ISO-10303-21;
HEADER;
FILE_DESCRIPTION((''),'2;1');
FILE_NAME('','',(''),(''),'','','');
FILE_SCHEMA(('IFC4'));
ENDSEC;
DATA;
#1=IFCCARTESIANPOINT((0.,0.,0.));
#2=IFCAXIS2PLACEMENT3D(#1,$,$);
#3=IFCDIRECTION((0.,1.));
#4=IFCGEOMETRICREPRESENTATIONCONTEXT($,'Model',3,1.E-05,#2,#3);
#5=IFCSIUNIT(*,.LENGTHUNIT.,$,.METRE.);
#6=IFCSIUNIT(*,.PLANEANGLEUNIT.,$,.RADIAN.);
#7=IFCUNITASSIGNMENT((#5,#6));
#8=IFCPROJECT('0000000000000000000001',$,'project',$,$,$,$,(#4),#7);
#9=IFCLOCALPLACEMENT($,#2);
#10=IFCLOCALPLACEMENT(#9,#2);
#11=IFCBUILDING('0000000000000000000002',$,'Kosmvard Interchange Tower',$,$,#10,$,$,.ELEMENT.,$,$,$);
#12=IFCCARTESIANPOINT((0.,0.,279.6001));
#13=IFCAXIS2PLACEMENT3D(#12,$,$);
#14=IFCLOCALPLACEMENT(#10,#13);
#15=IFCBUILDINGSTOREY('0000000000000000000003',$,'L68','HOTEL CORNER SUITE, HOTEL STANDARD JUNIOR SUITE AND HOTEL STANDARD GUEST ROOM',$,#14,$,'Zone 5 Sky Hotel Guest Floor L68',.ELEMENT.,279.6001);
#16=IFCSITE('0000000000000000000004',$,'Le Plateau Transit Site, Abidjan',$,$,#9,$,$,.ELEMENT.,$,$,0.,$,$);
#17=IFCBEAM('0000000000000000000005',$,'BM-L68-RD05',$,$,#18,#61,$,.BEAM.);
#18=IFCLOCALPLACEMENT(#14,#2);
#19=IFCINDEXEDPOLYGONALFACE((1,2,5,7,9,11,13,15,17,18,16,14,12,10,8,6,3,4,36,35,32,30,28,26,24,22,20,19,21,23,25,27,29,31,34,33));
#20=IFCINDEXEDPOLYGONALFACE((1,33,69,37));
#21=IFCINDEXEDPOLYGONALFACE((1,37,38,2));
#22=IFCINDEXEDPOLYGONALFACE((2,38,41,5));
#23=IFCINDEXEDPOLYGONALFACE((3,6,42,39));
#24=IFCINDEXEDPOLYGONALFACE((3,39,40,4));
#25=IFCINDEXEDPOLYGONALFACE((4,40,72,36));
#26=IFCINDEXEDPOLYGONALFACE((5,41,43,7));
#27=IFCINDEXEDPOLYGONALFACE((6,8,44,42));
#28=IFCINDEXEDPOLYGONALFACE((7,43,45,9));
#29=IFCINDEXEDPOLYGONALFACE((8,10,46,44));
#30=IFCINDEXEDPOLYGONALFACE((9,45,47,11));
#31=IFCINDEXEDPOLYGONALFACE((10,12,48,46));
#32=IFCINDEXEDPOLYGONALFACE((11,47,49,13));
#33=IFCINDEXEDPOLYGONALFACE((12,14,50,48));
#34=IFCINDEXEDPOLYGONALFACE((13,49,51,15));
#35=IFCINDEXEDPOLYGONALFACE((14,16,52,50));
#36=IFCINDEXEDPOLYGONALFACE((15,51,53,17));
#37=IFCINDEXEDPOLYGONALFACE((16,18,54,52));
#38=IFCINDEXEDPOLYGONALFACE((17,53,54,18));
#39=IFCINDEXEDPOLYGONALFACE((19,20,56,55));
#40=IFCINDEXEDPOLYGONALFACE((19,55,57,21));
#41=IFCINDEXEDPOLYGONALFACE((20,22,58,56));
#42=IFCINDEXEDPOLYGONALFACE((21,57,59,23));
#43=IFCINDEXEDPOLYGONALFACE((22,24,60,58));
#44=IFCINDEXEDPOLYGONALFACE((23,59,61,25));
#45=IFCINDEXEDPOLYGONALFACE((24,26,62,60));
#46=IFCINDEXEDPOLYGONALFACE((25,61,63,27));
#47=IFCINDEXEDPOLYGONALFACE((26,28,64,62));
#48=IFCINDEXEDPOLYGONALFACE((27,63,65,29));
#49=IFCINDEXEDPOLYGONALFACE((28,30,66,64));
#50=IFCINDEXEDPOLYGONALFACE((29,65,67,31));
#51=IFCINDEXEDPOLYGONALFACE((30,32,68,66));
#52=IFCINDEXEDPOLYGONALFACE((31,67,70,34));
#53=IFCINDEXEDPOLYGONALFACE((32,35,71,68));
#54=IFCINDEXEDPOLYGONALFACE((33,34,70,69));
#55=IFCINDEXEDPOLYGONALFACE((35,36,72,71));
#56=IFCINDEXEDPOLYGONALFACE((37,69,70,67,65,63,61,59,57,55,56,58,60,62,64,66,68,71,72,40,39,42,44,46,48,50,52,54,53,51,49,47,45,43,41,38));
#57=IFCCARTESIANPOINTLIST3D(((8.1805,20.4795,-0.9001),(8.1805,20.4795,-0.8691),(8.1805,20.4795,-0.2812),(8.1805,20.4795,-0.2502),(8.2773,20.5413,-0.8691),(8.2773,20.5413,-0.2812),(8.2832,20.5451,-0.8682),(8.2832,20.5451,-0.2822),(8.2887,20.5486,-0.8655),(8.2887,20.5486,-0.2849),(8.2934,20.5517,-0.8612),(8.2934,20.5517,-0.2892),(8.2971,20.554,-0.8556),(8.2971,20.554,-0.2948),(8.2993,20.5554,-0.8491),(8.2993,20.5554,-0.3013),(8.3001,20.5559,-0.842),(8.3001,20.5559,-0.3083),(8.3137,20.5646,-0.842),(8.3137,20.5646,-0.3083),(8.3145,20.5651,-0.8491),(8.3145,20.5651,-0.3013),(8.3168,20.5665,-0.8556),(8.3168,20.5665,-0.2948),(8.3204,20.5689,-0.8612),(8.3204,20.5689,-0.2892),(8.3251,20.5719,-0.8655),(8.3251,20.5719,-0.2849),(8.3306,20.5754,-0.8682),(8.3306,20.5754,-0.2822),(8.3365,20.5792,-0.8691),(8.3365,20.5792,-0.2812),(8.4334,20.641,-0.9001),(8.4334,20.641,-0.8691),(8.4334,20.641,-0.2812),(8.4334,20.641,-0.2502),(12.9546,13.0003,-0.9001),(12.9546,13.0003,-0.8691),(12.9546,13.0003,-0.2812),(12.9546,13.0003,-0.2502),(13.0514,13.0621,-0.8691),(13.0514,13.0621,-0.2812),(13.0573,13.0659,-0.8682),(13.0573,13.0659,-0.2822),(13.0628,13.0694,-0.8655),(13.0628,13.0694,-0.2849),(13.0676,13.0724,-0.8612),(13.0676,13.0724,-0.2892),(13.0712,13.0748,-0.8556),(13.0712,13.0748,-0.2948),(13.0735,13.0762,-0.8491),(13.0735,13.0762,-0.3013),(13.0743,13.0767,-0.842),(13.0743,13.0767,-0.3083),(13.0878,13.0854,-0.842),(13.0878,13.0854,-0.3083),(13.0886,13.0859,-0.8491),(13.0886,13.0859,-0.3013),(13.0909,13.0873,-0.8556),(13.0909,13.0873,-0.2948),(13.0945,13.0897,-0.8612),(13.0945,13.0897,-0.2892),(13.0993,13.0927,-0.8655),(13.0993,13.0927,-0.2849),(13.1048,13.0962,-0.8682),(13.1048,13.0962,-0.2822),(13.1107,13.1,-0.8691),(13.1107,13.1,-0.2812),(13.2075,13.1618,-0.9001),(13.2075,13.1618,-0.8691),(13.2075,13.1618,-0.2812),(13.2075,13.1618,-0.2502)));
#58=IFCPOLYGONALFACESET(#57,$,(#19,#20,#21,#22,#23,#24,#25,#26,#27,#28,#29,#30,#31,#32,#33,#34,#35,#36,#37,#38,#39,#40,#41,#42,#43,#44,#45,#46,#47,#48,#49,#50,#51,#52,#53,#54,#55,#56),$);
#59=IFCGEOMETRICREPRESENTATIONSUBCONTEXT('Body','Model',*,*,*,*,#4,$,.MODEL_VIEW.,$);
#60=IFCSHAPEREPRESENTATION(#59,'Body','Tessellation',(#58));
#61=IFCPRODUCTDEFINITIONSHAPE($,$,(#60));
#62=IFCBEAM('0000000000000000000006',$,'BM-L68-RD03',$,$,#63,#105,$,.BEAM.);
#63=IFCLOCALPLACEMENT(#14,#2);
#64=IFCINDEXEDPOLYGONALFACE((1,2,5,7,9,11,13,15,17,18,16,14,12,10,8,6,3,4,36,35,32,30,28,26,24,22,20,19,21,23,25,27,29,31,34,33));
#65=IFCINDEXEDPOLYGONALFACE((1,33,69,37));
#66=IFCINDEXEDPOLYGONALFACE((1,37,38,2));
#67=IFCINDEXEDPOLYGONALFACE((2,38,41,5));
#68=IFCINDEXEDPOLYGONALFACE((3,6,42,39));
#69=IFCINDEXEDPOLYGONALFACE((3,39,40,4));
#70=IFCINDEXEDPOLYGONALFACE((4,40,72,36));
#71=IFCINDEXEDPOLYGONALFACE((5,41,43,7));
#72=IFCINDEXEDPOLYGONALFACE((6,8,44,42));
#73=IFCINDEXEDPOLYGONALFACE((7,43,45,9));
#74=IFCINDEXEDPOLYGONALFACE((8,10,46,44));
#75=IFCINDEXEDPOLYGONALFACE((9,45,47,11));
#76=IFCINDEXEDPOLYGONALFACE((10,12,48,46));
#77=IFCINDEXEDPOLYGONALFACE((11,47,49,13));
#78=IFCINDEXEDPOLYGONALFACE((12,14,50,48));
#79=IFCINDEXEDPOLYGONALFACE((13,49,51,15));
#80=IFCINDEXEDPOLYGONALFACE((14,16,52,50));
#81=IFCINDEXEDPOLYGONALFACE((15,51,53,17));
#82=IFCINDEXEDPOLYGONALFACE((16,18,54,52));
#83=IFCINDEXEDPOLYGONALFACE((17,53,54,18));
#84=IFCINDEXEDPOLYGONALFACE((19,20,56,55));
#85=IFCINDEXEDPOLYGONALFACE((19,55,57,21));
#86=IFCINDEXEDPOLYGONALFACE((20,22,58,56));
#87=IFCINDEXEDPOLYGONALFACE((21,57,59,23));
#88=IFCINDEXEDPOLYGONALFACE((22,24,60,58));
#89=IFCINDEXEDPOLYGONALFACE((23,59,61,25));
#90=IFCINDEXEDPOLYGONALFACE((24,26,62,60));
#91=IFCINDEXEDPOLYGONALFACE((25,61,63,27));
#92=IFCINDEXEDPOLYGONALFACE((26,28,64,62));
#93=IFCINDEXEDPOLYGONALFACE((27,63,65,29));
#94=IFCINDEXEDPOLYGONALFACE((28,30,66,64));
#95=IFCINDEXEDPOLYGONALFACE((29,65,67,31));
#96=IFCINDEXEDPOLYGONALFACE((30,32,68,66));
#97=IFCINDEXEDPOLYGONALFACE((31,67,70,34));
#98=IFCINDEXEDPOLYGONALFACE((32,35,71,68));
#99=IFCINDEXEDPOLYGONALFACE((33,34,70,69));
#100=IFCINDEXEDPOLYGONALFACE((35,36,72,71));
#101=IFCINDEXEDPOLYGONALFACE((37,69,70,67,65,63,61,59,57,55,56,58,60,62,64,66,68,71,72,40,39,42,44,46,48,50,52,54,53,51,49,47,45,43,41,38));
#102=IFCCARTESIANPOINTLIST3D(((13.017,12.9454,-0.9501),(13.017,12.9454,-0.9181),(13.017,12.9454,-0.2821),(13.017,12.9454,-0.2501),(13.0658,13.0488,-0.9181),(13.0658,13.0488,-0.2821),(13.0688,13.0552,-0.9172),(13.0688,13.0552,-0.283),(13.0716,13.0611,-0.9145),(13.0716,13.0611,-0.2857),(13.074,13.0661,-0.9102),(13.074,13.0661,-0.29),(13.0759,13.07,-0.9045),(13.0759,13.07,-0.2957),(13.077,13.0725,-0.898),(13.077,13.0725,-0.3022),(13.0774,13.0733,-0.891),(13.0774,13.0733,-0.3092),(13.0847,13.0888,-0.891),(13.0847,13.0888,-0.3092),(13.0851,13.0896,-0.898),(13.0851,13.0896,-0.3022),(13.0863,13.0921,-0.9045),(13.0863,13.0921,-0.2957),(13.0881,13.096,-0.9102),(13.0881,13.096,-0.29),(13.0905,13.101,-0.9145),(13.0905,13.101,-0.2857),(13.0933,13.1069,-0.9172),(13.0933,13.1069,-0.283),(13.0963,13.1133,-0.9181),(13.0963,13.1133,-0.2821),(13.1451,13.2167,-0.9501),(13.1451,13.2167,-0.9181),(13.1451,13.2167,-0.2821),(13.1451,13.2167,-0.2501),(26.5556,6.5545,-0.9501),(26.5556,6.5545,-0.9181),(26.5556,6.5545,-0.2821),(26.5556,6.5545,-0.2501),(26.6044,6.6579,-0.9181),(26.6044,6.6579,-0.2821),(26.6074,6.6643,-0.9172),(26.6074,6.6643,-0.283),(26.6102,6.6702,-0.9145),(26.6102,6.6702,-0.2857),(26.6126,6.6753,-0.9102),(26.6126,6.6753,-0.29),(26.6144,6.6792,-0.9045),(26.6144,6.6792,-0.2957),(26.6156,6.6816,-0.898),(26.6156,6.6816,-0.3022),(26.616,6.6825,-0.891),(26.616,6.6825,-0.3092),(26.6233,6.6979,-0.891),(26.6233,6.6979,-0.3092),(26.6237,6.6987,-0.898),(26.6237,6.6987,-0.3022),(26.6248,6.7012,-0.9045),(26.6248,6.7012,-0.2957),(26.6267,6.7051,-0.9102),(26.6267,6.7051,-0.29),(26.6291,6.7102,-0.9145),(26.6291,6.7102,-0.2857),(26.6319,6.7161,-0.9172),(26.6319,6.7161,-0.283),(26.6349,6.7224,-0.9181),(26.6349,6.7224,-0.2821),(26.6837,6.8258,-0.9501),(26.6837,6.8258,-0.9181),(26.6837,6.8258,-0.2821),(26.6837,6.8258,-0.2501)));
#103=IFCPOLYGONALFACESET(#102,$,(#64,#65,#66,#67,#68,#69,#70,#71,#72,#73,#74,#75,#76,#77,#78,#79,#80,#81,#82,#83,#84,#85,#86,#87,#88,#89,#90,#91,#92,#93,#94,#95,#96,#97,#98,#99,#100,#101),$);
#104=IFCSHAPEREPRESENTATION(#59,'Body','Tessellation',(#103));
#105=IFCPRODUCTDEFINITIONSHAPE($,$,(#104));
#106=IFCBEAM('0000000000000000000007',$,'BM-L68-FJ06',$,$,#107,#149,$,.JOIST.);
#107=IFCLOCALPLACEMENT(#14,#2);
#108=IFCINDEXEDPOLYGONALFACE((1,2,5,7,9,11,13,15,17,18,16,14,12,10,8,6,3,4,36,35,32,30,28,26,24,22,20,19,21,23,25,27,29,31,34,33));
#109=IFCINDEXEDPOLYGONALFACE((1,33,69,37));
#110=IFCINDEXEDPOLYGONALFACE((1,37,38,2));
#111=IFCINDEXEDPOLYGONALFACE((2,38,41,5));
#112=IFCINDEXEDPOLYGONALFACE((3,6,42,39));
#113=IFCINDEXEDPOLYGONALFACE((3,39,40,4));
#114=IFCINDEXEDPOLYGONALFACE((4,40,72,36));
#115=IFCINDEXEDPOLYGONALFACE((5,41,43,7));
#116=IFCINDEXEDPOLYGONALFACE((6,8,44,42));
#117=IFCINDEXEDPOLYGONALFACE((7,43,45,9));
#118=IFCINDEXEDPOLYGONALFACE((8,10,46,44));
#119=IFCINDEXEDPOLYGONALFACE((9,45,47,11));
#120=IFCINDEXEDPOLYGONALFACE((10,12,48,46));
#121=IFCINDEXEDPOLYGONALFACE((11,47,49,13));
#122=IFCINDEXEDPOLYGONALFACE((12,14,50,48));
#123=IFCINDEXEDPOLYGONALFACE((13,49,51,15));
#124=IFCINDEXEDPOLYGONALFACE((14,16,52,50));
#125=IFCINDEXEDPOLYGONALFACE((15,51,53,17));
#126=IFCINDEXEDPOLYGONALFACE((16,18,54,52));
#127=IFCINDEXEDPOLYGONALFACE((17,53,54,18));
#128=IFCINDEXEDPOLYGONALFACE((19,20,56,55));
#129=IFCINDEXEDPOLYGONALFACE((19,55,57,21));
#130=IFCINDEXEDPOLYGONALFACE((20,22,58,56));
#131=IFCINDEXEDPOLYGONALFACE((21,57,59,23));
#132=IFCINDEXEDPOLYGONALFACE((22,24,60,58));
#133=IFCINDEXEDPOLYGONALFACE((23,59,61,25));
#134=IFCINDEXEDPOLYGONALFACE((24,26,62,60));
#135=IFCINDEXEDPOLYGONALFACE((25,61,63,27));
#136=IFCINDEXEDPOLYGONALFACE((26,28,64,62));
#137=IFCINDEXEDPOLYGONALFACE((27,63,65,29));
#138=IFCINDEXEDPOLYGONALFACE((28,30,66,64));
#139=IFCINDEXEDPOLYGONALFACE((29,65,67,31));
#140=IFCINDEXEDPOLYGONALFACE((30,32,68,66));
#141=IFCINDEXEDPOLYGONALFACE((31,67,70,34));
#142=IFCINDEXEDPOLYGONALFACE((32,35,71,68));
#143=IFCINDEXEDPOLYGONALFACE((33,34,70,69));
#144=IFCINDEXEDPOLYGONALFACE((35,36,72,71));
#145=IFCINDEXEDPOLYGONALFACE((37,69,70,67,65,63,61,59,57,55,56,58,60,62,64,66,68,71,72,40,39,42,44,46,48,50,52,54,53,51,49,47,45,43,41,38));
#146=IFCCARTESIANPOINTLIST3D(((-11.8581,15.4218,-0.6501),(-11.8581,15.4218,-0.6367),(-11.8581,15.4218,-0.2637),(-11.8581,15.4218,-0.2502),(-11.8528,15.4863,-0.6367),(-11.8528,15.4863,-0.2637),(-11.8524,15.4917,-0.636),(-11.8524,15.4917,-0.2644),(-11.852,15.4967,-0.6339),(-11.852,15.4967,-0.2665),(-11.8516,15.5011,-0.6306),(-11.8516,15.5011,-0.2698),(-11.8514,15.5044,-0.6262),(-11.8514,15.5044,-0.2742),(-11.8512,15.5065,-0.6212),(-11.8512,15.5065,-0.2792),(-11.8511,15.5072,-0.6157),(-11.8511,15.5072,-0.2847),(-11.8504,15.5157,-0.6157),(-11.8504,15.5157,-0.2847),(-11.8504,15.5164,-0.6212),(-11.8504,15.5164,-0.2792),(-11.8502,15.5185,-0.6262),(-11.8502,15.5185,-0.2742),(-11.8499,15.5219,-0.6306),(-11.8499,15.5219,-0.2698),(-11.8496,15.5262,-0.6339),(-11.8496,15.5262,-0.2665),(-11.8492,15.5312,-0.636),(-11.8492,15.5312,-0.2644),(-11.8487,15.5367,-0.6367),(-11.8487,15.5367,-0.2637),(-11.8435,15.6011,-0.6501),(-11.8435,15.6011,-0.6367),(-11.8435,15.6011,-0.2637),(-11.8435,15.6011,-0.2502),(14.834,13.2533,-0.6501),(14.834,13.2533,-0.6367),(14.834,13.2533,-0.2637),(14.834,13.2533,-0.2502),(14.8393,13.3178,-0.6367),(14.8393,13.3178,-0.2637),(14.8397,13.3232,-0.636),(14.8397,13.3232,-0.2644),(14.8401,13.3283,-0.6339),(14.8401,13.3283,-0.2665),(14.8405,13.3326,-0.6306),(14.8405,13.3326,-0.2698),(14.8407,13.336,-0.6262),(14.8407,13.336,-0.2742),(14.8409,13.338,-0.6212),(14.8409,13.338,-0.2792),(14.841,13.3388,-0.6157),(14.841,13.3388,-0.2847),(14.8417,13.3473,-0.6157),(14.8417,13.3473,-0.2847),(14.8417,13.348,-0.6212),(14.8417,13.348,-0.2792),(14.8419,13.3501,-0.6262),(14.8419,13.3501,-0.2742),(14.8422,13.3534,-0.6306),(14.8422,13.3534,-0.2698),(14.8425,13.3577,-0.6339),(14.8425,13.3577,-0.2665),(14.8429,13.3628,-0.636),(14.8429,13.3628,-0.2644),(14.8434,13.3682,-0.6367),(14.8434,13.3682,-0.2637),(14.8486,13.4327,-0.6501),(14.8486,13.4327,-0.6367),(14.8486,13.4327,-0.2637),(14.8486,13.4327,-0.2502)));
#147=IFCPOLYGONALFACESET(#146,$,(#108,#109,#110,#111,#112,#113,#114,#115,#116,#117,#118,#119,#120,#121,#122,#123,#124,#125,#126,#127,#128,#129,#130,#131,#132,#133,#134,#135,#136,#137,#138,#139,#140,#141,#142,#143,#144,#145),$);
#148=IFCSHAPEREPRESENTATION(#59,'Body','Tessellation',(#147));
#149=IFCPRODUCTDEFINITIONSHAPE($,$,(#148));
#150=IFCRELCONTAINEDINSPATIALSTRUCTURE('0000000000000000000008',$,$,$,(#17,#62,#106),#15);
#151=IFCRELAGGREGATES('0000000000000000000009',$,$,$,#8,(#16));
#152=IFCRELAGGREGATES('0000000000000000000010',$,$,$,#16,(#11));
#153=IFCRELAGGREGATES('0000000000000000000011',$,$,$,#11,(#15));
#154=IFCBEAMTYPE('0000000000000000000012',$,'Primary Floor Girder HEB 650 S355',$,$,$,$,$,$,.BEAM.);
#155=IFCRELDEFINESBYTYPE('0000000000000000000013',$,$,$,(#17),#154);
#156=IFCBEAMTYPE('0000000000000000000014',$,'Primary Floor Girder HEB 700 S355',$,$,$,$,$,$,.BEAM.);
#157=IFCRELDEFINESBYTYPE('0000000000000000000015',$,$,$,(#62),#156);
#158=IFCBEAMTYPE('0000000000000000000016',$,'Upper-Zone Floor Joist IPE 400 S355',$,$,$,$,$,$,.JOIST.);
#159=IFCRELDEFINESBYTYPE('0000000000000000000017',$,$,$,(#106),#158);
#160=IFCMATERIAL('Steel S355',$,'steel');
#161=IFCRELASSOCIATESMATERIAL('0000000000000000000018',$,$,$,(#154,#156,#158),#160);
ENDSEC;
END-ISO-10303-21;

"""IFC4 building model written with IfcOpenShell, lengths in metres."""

from ifc_helpers import new_model, si_unit, direction, frame, origin, origin_2d, place, context, subcontext, project, spatial, i_section, extrude, source, transform, mapped, material, material_profile, profile_set, type_object, element, save


model = new_model("IFC4")

# Units and contexts
model_context = context("Model", 3, precision=1e-05, world=origin(), true_north=direction((0.0, 1.0)))
body_context = subcontext(model_context, "Body", "Model", "MODEL_VIEW")
ifc_project = project(units=[si_unit("LENGTHUNIT", "METRE"), si_unit("PLANEANGLEUNIT", "RADIAN")], contexts=[model_context])

# Site, building, storey
site_placement = place(None, origin())
site = spatial("IfcSite", under=ifc_project, at=site_placement, Name="Le Plateau Transit Site, Abidjan", CompositionType="ELEMENT", RefElevation=0.0)
building_placement = place(site_placement, origin())
building = spatial("IfcBuilding", under=site, at=building_placement, Name="Kosmvard Interchange Tower", CompositionType="ELEMENT")
storey_placement = place(building_placement, frame((0.0, 0.0, 279.6001)))
storey = spatial("IfcBuildingStorey", under=building, at=storey_placement, Name="L68", Description="HOTEL CORNER SUITE, HOTEL STANDARD JUNIOR SUITE AND HOTEL STANDARD GUEST ROOM", LongName="Zone 5 Sky Hotel Guest Floor L68", CompositionType="ELEMENT", Elevation=279.6001)

# Beams
ifc_material_1 = material(Name="Steel S355", Category="steel")
ifc_material_profile_1 = material_profile(ifc_material_1, i_section(OverallWidth=0.3, OverallDepth=0.6499, WebThickness=0.0161, FlangeThickness=0.031, FilletRadius=0.0271, at=origin_2d()), Name="HEB 650")
ifc_profile_set_1 = profile_set([ifc_material_profile_1], Name="Steel S355")
beam_type_1 = type_object("IfcBeamType", Name="Primary Floor Girder HEB 650 S355", PredefinedType="BEAM", material=ifc_profile_set_1)
shared_shape_1 = source(origin(), body_context, "Body", "SweptSolid", [
    extrude(i_section(OverallWidth=0.3, OverallDepth=0.6499, WebThickness=0.0161, FlangeThickness=0.031, FilletRadius=0.0271, at=origin_2d()), origin(), (0.0, 0.0, 1.0), 8.873),
])
beam_1_placement = place(storey_placement, frame((13.0811, 13.0811, -0.5752), z_axis=(-0.53805, 0.842913, 0.0), x_axis=(-0.842913, -0.53805, 0.0)))
element("IfcBeam", 1, at=beam_1_placement, inside=storey, type_object=beam_type_1, Name="BM-L68-RD05", PredefinedType="BEAM", context=body_context, shape_type="MappedRepresentation", body=[
    mapped(shared_shape_1, transform((0.0, 0.0, 0.0), scale=1.0)),
])
ifc_material_profile_2 = material_profile(ifc_material_1, i_section(OverallWidth=0.3, OverallDepth=0.7, WebThickness=0.0171, FlangeThickness=0.032, FilletRadius=0.0271, at=origin_2d()), Name="HEB 700")
ifc_profile_set_2 = profile_set([ifc_material_profile_2], Name="Steel S355")
beam_type_2 = type_object("IfcBeamType", Name="Primary Floor Girder HEB 700 S355", PredefinedType="BEAM", material=ifc_profile_set_2)
shared_shape_2 = source(origin(), body_context, "Body", "SweptSolid", [
    extrude(i_section(OverallWidth=0.3, OverallDepth=0.7, WebThickness=0.0171, FlangeThickness=0.032, FilletRadius=0.0271, at=origin_2d()), origin(), (0.0, 0.0, 1.0), 14.9712),
])
beam_2_placement = place(storey_placement, frame((13.0811, 13.0811, -0.6001), z_axis=(0.904309, -0.426878, 0.0), x_axis=(0.426878, 0.904309, 0.0)))
element("IfcBeam", 2, at=beam_2_placement, inside=storey, type_object=beam_type_2, Name="BM-L68-RD03", PredefinedType="BEAM", context=body_context, shape_type="MappedRepresentation", body=[
    mapped(shared_shape_2, transform((0.0, 0.0, 0.0), scale=1.0)),
])
ifc_material_profile_3 = material_profile(ifc_material_1, i_section(OverallWidth=0.1799, OverallDepth=0.3999, WebThickness=0.0085, FlangeThickness=0.0134, FilletRadius=0.021, at=origin_2d()), Name="IPE 400")
ifc_profile_set_3 = profile_set([ifc_material_profile_3], Name="Steel S355")
beam_type_3 = type_object("IfcBeamType", Name="Upper-Zone Floor Joist IPE 400 S355", PredefinedType="JOIST", material=ifc_profile_set_3)
shared_shape_3 = source(origin(), body_context, "Body", "SweptSolid", [
    extrude(i_section(OverallWidth=0.1799, OverallDepth=0.3999, WebThickness=0.0085, FlangeThickness=0.0134, FilletRadius=0.021, at=origin_2d()), origin(), (0.0, 0.0, 1.0), 26.78),
])
beam_3_placement = place(storey_placement, frame((14.8413, 13.343, -0.4502), z_axis=(-0.996716, 0.080973, 0.0), x_axis=(-0.080973, -0.996716, 0.0)))
element("IfcBeam", 3, at=beam_3_placement, inside=storey, type_object=beam_type_3, Name="BM-L68-FJ06", PredefinedType="JOIST", context=body_context, shape_type="MappedRepresentation", body=[
    mapped(shared_shape_3, transform((0.0, 0.0, 0.0), scale=1.0)),
])

save(model, "model.ifc")
